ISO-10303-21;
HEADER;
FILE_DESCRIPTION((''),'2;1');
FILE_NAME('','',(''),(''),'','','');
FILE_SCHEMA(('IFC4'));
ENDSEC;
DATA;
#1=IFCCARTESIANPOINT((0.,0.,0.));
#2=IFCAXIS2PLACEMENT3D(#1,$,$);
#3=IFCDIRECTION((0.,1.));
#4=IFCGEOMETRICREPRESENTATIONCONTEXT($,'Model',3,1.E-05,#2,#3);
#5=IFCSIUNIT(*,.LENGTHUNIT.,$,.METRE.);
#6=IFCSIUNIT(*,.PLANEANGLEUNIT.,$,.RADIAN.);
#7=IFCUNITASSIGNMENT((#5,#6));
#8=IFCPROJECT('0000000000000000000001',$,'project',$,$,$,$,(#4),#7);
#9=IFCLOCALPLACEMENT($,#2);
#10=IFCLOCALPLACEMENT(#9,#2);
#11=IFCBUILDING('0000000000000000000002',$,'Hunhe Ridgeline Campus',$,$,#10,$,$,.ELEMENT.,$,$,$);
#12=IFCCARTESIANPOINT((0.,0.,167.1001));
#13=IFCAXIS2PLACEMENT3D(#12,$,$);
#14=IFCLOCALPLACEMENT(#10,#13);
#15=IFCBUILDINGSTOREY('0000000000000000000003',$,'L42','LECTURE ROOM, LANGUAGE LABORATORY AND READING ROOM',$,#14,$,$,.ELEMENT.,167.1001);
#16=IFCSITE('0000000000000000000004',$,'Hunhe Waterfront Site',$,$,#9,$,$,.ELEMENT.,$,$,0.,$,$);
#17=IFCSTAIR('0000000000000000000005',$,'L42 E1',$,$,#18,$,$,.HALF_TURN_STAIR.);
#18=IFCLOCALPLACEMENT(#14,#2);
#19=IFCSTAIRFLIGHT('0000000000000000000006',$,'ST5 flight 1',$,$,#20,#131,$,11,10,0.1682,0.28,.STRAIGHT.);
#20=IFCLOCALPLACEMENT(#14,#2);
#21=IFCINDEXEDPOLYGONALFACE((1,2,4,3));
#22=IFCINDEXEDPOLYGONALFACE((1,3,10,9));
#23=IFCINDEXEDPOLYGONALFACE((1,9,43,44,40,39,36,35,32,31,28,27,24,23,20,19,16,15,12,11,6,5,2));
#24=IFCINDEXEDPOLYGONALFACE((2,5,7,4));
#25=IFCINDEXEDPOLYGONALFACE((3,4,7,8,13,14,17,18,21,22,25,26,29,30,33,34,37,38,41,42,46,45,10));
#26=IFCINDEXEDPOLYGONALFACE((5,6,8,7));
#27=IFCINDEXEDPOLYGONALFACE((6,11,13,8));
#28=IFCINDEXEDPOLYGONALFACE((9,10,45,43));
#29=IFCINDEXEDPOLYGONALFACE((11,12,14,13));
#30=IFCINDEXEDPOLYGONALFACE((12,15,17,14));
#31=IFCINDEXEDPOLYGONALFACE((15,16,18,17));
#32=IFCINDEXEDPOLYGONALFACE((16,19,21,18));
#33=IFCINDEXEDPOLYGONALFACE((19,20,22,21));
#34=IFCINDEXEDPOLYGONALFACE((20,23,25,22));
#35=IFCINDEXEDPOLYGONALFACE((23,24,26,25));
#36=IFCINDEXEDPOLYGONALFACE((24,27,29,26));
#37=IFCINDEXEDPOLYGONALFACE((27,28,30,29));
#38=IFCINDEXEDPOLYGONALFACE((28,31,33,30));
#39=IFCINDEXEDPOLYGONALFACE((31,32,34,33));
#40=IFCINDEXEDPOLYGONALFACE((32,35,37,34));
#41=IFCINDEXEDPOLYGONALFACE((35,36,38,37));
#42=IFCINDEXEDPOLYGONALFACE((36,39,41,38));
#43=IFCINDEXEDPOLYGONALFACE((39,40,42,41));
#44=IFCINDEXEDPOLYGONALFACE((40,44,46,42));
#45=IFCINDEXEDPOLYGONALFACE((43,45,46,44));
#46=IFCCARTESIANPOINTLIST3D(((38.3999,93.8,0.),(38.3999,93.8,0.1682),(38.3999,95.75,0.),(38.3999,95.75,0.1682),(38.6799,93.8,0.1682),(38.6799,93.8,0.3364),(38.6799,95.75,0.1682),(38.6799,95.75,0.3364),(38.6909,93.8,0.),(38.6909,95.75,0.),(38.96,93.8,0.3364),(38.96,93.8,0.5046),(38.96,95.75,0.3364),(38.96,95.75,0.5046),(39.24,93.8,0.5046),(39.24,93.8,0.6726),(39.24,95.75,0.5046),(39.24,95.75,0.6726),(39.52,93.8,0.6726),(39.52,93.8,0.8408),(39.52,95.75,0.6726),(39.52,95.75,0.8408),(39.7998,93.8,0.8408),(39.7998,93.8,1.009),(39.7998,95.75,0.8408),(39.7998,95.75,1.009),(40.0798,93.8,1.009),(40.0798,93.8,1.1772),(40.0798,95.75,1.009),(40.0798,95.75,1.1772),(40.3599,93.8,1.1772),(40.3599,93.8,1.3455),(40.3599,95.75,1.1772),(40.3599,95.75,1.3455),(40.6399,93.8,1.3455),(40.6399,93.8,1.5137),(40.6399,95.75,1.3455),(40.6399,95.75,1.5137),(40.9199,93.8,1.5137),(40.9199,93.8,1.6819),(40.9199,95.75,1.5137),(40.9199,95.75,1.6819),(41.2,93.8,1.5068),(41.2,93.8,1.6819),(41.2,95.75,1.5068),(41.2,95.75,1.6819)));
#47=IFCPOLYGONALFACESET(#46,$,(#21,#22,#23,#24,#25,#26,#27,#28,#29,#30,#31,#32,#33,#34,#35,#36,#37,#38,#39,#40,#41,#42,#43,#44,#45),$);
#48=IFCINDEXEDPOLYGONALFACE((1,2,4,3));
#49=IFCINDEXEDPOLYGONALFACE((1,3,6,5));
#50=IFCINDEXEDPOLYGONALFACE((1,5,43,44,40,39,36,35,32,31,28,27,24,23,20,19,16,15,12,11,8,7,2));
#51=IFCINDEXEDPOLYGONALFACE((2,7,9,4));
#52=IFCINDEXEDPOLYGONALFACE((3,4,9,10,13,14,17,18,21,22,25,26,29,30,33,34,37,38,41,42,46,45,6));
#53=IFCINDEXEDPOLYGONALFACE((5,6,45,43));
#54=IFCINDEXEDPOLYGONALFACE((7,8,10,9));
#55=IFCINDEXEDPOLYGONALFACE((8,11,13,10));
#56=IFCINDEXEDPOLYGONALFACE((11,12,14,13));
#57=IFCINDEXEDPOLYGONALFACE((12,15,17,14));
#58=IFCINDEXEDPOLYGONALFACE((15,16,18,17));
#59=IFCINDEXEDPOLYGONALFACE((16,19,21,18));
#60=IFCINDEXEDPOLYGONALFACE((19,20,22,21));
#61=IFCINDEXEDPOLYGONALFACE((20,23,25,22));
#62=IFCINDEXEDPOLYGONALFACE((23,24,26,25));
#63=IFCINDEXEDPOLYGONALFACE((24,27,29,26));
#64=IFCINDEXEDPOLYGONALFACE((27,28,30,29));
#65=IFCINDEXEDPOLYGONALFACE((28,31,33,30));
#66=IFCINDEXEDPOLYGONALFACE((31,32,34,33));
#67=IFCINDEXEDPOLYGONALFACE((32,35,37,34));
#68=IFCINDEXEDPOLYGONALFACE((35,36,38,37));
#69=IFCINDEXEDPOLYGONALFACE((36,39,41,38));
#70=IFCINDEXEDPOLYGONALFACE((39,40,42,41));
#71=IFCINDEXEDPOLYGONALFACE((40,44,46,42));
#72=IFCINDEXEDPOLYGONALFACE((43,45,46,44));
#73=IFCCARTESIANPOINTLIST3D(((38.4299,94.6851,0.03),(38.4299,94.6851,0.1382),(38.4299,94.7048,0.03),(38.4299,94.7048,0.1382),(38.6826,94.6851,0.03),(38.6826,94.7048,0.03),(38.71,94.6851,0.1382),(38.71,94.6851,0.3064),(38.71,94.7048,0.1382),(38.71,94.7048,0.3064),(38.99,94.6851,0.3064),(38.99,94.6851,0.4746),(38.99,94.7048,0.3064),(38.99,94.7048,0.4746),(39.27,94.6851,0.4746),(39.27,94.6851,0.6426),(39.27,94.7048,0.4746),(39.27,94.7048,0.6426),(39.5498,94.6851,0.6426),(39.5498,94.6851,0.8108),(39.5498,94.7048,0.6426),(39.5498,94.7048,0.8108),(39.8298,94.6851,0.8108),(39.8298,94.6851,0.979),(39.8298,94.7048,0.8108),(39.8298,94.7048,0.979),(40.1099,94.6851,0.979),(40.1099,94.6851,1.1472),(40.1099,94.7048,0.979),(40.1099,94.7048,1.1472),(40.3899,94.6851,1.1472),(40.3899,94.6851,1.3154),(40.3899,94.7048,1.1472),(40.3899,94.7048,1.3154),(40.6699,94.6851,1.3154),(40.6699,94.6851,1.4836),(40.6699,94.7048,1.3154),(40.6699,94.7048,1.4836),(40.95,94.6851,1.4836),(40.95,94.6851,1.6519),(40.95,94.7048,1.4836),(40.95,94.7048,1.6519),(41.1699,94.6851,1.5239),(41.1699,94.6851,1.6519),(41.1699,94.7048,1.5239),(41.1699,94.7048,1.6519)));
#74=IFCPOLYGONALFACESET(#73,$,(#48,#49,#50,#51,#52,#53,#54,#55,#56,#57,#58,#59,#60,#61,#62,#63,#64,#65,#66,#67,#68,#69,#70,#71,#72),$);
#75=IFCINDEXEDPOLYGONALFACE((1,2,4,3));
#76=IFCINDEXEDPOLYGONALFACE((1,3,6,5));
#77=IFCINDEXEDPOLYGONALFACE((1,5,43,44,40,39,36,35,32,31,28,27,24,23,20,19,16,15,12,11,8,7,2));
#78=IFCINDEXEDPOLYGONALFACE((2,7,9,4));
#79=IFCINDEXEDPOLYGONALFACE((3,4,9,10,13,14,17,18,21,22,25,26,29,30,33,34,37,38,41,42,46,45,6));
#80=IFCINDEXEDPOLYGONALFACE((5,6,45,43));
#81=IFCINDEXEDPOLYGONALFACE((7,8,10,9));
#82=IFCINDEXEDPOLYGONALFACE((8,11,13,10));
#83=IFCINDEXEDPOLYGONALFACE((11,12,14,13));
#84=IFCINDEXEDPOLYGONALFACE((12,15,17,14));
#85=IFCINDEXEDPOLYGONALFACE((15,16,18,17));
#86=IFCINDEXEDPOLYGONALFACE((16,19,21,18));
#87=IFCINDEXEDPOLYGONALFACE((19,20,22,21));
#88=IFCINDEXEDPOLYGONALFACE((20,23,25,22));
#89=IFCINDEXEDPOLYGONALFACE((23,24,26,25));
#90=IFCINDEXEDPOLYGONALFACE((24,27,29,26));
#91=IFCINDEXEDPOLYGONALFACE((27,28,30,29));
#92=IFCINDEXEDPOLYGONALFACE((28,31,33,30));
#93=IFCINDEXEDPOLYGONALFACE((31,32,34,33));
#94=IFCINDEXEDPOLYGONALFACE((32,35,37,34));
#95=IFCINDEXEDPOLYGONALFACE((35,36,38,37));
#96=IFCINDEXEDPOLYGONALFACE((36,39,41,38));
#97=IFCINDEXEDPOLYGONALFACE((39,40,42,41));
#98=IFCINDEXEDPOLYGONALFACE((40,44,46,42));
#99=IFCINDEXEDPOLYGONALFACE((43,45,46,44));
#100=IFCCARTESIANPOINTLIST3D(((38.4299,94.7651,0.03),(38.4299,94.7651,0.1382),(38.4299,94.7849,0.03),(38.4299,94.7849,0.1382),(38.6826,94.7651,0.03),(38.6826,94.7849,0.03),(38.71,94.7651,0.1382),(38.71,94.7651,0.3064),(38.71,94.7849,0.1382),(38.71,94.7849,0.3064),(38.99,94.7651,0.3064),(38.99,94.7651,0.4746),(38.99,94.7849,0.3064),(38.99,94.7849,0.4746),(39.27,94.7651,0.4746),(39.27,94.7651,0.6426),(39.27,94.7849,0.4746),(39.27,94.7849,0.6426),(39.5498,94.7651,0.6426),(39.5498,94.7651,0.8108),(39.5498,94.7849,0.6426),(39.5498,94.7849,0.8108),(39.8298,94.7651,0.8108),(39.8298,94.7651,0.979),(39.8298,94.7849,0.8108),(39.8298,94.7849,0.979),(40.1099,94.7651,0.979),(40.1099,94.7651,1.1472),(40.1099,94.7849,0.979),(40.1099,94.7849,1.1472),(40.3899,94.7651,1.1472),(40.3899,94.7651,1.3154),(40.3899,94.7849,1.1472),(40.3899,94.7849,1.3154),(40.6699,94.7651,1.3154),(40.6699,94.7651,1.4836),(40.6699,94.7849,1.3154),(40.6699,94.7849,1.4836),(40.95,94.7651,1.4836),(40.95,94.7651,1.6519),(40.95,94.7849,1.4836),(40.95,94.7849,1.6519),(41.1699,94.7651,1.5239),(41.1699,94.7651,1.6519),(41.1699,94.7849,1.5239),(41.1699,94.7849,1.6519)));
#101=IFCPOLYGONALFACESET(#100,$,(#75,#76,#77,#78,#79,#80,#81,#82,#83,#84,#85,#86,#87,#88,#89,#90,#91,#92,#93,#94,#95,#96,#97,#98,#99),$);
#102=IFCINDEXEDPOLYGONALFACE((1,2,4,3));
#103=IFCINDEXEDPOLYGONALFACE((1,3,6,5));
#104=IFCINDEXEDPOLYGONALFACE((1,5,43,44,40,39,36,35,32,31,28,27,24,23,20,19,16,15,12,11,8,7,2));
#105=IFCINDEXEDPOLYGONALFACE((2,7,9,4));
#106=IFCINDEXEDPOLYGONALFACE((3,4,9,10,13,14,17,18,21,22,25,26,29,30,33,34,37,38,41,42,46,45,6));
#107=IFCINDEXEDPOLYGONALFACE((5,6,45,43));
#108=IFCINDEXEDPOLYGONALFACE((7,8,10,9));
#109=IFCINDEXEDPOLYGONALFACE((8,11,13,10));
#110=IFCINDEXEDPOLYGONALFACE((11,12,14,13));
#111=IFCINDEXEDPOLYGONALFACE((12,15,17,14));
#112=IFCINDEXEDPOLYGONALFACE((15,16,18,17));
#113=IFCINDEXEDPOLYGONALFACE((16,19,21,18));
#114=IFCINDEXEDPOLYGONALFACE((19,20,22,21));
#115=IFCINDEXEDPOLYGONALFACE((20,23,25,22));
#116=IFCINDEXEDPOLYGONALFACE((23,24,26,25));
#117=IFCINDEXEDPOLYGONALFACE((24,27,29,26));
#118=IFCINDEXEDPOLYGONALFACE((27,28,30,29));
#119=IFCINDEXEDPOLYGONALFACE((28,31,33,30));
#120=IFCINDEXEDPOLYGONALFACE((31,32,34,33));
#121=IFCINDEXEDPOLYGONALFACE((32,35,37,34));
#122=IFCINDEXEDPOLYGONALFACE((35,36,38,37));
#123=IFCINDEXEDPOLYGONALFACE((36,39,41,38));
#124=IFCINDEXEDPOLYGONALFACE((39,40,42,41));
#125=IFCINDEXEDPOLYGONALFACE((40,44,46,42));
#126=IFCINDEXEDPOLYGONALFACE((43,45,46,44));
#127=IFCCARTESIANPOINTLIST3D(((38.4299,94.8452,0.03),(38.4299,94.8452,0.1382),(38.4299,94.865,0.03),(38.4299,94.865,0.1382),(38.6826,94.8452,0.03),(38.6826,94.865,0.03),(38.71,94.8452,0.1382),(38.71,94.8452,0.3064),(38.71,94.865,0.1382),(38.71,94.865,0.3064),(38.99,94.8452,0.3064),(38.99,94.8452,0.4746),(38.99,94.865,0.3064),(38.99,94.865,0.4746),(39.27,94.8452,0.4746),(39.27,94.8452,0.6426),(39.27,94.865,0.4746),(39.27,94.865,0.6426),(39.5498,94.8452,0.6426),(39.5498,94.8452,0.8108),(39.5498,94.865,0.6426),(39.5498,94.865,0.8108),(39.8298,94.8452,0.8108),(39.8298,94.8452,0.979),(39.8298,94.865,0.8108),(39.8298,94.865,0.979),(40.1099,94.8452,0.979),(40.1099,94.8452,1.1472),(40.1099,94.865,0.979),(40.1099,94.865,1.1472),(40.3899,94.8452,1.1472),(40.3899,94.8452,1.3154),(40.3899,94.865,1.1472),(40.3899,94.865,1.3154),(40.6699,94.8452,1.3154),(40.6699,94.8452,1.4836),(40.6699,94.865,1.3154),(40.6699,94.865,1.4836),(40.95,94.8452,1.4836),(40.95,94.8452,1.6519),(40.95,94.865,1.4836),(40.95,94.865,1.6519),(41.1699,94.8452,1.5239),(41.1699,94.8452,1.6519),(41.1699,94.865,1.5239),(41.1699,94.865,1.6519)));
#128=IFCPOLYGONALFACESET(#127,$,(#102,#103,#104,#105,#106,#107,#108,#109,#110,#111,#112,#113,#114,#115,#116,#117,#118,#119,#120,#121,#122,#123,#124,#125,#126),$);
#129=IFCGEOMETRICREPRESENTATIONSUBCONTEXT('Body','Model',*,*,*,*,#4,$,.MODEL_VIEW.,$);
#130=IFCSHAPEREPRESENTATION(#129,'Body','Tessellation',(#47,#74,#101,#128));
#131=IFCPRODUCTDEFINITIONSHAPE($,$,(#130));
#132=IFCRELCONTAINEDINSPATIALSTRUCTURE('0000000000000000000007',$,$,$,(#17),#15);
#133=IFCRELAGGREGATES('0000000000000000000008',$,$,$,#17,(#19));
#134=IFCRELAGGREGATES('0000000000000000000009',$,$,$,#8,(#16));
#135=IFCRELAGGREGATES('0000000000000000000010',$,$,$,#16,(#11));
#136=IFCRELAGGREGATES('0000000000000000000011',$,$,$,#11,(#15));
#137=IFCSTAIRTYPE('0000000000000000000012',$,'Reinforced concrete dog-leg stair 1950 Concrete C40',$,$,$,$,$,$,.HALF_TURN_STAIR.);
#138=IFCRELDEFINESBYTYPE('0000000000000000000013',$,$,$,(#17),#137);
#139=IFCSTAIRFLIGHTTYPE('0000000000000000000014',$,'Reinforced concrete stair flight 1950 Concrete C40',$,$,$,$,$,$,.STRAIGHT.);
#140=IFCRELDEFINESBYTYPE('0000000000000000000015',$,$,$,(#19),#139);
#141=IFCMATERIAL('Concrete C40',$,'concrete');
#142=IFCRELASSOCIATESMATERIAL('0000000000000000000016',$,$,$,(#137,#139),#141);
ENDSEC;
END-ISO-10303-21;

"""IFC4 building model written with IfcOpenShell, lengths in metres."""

from ifc_helpers import new_model, si_unit, direction, frame, origin, place, context, subcontext, project, spatial, polyline, outline, extrude, material, type_object, element, aggregate, save


model = new_model("IFC4")

# Units and contexts
model_context = context("Model", 3, precision=1e-05, world=origin(), true_north=direction((0.0, 1.0)))
body_context = subcontext(model_context, "Body", "Model", "MODEL_VIEW")
ifc_project = project(units=[si_unit("LENGTHUNIT", "METRE"), si_unit("PLANEANGLEUNIT", "RADIAN")], contexts=[model_context])

# Site, building, storey
site_placement = place(None, origin())
site = spatial("IfcSite", under=ifc_project, at=site_placement, Name="Hunhe Waterfront Site", CompositionType="ELEMENT", RefElevation=0.0)
building_placement = place(site_placement, origin())
building = spatial("IfcBuilding", under=site, at=building_placement, Name="Hunhe Ridgeline Campus", CompositionType="ELEMENT")
storey_placement = place(building_placement, frame((0.0, 0.0, 167.1001)))
storey = spatial("IfcBuildingStorey", under=building, at=storey_placement, Name="L42", Description="LECTURE ROOM, LANGUAGE LABORATORY AND READING ROOM", CompositionType="ELEMENT", Elevation=167.1001)

# Shared definitions
ifc_material_1 = material(Name="Concrete C40", Category="concrete")
stair_type = type_object("IfcStairType", Name="Reinforced concrete dog-leg stair 1950 Concrete C40", PredefinedType="HALF_TURN_STAIR", material=ifc_material_1)
stair_flight_type = type_object("IfcStairFlightType", Name="Reinforced concrete stair flight 1950 Concrete C40", PredefinedType="STRAIGHT", material=ifc_material_1)

# Stair, stair flight
stair_1_placement = place(storey_placement, origin())
stair_1 = element("IfcStair", 1, at=stair_1_placement, inside=storey, type_object=stair_type, Name="L42 E1", PredefinedType="HALF_TURN_STAIR")
stair_flight_1_placement = place(storey_placement, frame((38.3999, 94.7749, 0.0), z_axis=(0.0, 0.0, 1.0), x_axis=(1.0, 0.0, 0.0)))
stair_flight_1 = element("IfcStairFlight", 2, at=stair_flight_1_placement, type_object=stair_flight_type, Name="ST5 flight 1", NumberOfRisers=11, NumberOfTreads=10, PredefinedType="STRAIGHT", RiserHeight=0.1682, TreadLength=0.28, context=body_context, shape_type="SweptSolid", body=[
    extrude(outline(polyline([(0.0, 0.0), (0.0, 0.1682), (0.28, 0.1682), (0.28, 0.3364), (0.5601, 0.3364), (0.5601, 0.5046), (0.8401, 0.5046), (0.8401, 0.6726), (1.1201, 0.6726), (1.1201, 0.8408), (1.3999, 0.8408), (1.3999, 1.009), (1.6799, 1.009), (1.6799, 1.1772), (1.96, 1.1772), (1.96, 1.3455), (2.24, 1.3455), (2.24, 1.5137), (2.52, 1.5137), (2.52, 1.6819), (2.8, 1.6819), (2.8, 1.8501), (2.8, 1.5068), (0.291, 0.0), (0.0, 0.0)])), frame((0.0, 0.9751, 0.0), z_axis=(0.0, -1.0, 0.0), x_axis=(1.0, 0.0, 0.0)), (0.0, 0.0, 1.0), 1.95),
    extrude(outline(polyline([(0.03, 0.03), (0.03, 0.1382), (0.3101, 0.1382), (0.3101, 0.3064), (0.5901, 0.3064), (0.5901, 0.4746), (0.8701, 0.4746), (0.8701, 0.6426), (1.1499, 0.6426), (1.1499, 0.8108), (1.4299, 0.8108), (1.4299, 0.979), (1.71, 0.979), (1.71, 1.1472), (1.99, 1.1472), (1.99, 1.3154), (2.27, 1.3154), (2.27, 1.4836), (2.55, 1.4836), (2.55, 1.6519), (2.77, 1.6519), (2.77, 1.5239), (0.2827, 0.03), (0.03, 0.03)])), frame((0.0, -0.0701, 0.0), z_axis=(0.0, -1.0, 0.0), x_axis=(1.0, 0.0, 0.0)), (0.0, 0.0, 1.0), 0.0198),
    extrude(outline(polyline([(0.03, 0.03), (0.03, 0.1382), (0.3101, 0.1382), (0.3101, 0.3064), (0.5901, 0.3064), (0.5901, 0.4746), (0.8701, 0.4746), (0.8701, 0.6426), (1.1499, 0.6426), (1.1499, 0.8108), (1.4299, 0.8108), (1.4299, 0.979), (1.71, 0.979), (1.71, 1.1472), (1.99, 1.1472), (1.99, 1.3154), (2.27, 1.3154), (2.27, 1.4836), (2.55, 1.4836), (2.55, 1.6519), (2.77, 1.6519), (2.77, 1.5239), (0.2827, 0.03), (0.03, 0.03)])), frame((0.0, 0.01, 0.0), z_axis=(0.0, -1.0, 0.0), x_axis=(1.0, 0.0, 0.0)), (0.0, 0.0, 1.0), 0.0198),
    extrude(outline(polyline([(0.03, 0.03), (0.03, 0.1382), (0.3101, 0.1382), (0.3101, 0.3064), (0.5901, 0.3064), (0.5901, 0.4746), (0.8701, 0.4746), (0.8701, 0.6426), (1.1499, 0.6426), (1.1499, 0.8108), (1.4299, 0.8108), (1.4299, 0.979), (1.71, 0.979), (1.71, 1.1472), (1.99, 1.1472), (1.99, 1.3154), (2.27, 1.3154), (2.27, 1.4836), (2.55, 1.4836), (2.55, 1.6519), (2.77, 1.6519), (2.77, 1.5239), (0.2827, 0.03), (0.03, 0.03)])), frame((0.0, 0.0901, 0.0), z_axis=(0.0, -1.0, 0.0), x_axis=(1.0, 0.0, 0.0)), (0.0, 0.0, 1.0), 0.0198),
])
aggregate(stair_1, [stair_flight_1])

save(model, "model.ifc")
